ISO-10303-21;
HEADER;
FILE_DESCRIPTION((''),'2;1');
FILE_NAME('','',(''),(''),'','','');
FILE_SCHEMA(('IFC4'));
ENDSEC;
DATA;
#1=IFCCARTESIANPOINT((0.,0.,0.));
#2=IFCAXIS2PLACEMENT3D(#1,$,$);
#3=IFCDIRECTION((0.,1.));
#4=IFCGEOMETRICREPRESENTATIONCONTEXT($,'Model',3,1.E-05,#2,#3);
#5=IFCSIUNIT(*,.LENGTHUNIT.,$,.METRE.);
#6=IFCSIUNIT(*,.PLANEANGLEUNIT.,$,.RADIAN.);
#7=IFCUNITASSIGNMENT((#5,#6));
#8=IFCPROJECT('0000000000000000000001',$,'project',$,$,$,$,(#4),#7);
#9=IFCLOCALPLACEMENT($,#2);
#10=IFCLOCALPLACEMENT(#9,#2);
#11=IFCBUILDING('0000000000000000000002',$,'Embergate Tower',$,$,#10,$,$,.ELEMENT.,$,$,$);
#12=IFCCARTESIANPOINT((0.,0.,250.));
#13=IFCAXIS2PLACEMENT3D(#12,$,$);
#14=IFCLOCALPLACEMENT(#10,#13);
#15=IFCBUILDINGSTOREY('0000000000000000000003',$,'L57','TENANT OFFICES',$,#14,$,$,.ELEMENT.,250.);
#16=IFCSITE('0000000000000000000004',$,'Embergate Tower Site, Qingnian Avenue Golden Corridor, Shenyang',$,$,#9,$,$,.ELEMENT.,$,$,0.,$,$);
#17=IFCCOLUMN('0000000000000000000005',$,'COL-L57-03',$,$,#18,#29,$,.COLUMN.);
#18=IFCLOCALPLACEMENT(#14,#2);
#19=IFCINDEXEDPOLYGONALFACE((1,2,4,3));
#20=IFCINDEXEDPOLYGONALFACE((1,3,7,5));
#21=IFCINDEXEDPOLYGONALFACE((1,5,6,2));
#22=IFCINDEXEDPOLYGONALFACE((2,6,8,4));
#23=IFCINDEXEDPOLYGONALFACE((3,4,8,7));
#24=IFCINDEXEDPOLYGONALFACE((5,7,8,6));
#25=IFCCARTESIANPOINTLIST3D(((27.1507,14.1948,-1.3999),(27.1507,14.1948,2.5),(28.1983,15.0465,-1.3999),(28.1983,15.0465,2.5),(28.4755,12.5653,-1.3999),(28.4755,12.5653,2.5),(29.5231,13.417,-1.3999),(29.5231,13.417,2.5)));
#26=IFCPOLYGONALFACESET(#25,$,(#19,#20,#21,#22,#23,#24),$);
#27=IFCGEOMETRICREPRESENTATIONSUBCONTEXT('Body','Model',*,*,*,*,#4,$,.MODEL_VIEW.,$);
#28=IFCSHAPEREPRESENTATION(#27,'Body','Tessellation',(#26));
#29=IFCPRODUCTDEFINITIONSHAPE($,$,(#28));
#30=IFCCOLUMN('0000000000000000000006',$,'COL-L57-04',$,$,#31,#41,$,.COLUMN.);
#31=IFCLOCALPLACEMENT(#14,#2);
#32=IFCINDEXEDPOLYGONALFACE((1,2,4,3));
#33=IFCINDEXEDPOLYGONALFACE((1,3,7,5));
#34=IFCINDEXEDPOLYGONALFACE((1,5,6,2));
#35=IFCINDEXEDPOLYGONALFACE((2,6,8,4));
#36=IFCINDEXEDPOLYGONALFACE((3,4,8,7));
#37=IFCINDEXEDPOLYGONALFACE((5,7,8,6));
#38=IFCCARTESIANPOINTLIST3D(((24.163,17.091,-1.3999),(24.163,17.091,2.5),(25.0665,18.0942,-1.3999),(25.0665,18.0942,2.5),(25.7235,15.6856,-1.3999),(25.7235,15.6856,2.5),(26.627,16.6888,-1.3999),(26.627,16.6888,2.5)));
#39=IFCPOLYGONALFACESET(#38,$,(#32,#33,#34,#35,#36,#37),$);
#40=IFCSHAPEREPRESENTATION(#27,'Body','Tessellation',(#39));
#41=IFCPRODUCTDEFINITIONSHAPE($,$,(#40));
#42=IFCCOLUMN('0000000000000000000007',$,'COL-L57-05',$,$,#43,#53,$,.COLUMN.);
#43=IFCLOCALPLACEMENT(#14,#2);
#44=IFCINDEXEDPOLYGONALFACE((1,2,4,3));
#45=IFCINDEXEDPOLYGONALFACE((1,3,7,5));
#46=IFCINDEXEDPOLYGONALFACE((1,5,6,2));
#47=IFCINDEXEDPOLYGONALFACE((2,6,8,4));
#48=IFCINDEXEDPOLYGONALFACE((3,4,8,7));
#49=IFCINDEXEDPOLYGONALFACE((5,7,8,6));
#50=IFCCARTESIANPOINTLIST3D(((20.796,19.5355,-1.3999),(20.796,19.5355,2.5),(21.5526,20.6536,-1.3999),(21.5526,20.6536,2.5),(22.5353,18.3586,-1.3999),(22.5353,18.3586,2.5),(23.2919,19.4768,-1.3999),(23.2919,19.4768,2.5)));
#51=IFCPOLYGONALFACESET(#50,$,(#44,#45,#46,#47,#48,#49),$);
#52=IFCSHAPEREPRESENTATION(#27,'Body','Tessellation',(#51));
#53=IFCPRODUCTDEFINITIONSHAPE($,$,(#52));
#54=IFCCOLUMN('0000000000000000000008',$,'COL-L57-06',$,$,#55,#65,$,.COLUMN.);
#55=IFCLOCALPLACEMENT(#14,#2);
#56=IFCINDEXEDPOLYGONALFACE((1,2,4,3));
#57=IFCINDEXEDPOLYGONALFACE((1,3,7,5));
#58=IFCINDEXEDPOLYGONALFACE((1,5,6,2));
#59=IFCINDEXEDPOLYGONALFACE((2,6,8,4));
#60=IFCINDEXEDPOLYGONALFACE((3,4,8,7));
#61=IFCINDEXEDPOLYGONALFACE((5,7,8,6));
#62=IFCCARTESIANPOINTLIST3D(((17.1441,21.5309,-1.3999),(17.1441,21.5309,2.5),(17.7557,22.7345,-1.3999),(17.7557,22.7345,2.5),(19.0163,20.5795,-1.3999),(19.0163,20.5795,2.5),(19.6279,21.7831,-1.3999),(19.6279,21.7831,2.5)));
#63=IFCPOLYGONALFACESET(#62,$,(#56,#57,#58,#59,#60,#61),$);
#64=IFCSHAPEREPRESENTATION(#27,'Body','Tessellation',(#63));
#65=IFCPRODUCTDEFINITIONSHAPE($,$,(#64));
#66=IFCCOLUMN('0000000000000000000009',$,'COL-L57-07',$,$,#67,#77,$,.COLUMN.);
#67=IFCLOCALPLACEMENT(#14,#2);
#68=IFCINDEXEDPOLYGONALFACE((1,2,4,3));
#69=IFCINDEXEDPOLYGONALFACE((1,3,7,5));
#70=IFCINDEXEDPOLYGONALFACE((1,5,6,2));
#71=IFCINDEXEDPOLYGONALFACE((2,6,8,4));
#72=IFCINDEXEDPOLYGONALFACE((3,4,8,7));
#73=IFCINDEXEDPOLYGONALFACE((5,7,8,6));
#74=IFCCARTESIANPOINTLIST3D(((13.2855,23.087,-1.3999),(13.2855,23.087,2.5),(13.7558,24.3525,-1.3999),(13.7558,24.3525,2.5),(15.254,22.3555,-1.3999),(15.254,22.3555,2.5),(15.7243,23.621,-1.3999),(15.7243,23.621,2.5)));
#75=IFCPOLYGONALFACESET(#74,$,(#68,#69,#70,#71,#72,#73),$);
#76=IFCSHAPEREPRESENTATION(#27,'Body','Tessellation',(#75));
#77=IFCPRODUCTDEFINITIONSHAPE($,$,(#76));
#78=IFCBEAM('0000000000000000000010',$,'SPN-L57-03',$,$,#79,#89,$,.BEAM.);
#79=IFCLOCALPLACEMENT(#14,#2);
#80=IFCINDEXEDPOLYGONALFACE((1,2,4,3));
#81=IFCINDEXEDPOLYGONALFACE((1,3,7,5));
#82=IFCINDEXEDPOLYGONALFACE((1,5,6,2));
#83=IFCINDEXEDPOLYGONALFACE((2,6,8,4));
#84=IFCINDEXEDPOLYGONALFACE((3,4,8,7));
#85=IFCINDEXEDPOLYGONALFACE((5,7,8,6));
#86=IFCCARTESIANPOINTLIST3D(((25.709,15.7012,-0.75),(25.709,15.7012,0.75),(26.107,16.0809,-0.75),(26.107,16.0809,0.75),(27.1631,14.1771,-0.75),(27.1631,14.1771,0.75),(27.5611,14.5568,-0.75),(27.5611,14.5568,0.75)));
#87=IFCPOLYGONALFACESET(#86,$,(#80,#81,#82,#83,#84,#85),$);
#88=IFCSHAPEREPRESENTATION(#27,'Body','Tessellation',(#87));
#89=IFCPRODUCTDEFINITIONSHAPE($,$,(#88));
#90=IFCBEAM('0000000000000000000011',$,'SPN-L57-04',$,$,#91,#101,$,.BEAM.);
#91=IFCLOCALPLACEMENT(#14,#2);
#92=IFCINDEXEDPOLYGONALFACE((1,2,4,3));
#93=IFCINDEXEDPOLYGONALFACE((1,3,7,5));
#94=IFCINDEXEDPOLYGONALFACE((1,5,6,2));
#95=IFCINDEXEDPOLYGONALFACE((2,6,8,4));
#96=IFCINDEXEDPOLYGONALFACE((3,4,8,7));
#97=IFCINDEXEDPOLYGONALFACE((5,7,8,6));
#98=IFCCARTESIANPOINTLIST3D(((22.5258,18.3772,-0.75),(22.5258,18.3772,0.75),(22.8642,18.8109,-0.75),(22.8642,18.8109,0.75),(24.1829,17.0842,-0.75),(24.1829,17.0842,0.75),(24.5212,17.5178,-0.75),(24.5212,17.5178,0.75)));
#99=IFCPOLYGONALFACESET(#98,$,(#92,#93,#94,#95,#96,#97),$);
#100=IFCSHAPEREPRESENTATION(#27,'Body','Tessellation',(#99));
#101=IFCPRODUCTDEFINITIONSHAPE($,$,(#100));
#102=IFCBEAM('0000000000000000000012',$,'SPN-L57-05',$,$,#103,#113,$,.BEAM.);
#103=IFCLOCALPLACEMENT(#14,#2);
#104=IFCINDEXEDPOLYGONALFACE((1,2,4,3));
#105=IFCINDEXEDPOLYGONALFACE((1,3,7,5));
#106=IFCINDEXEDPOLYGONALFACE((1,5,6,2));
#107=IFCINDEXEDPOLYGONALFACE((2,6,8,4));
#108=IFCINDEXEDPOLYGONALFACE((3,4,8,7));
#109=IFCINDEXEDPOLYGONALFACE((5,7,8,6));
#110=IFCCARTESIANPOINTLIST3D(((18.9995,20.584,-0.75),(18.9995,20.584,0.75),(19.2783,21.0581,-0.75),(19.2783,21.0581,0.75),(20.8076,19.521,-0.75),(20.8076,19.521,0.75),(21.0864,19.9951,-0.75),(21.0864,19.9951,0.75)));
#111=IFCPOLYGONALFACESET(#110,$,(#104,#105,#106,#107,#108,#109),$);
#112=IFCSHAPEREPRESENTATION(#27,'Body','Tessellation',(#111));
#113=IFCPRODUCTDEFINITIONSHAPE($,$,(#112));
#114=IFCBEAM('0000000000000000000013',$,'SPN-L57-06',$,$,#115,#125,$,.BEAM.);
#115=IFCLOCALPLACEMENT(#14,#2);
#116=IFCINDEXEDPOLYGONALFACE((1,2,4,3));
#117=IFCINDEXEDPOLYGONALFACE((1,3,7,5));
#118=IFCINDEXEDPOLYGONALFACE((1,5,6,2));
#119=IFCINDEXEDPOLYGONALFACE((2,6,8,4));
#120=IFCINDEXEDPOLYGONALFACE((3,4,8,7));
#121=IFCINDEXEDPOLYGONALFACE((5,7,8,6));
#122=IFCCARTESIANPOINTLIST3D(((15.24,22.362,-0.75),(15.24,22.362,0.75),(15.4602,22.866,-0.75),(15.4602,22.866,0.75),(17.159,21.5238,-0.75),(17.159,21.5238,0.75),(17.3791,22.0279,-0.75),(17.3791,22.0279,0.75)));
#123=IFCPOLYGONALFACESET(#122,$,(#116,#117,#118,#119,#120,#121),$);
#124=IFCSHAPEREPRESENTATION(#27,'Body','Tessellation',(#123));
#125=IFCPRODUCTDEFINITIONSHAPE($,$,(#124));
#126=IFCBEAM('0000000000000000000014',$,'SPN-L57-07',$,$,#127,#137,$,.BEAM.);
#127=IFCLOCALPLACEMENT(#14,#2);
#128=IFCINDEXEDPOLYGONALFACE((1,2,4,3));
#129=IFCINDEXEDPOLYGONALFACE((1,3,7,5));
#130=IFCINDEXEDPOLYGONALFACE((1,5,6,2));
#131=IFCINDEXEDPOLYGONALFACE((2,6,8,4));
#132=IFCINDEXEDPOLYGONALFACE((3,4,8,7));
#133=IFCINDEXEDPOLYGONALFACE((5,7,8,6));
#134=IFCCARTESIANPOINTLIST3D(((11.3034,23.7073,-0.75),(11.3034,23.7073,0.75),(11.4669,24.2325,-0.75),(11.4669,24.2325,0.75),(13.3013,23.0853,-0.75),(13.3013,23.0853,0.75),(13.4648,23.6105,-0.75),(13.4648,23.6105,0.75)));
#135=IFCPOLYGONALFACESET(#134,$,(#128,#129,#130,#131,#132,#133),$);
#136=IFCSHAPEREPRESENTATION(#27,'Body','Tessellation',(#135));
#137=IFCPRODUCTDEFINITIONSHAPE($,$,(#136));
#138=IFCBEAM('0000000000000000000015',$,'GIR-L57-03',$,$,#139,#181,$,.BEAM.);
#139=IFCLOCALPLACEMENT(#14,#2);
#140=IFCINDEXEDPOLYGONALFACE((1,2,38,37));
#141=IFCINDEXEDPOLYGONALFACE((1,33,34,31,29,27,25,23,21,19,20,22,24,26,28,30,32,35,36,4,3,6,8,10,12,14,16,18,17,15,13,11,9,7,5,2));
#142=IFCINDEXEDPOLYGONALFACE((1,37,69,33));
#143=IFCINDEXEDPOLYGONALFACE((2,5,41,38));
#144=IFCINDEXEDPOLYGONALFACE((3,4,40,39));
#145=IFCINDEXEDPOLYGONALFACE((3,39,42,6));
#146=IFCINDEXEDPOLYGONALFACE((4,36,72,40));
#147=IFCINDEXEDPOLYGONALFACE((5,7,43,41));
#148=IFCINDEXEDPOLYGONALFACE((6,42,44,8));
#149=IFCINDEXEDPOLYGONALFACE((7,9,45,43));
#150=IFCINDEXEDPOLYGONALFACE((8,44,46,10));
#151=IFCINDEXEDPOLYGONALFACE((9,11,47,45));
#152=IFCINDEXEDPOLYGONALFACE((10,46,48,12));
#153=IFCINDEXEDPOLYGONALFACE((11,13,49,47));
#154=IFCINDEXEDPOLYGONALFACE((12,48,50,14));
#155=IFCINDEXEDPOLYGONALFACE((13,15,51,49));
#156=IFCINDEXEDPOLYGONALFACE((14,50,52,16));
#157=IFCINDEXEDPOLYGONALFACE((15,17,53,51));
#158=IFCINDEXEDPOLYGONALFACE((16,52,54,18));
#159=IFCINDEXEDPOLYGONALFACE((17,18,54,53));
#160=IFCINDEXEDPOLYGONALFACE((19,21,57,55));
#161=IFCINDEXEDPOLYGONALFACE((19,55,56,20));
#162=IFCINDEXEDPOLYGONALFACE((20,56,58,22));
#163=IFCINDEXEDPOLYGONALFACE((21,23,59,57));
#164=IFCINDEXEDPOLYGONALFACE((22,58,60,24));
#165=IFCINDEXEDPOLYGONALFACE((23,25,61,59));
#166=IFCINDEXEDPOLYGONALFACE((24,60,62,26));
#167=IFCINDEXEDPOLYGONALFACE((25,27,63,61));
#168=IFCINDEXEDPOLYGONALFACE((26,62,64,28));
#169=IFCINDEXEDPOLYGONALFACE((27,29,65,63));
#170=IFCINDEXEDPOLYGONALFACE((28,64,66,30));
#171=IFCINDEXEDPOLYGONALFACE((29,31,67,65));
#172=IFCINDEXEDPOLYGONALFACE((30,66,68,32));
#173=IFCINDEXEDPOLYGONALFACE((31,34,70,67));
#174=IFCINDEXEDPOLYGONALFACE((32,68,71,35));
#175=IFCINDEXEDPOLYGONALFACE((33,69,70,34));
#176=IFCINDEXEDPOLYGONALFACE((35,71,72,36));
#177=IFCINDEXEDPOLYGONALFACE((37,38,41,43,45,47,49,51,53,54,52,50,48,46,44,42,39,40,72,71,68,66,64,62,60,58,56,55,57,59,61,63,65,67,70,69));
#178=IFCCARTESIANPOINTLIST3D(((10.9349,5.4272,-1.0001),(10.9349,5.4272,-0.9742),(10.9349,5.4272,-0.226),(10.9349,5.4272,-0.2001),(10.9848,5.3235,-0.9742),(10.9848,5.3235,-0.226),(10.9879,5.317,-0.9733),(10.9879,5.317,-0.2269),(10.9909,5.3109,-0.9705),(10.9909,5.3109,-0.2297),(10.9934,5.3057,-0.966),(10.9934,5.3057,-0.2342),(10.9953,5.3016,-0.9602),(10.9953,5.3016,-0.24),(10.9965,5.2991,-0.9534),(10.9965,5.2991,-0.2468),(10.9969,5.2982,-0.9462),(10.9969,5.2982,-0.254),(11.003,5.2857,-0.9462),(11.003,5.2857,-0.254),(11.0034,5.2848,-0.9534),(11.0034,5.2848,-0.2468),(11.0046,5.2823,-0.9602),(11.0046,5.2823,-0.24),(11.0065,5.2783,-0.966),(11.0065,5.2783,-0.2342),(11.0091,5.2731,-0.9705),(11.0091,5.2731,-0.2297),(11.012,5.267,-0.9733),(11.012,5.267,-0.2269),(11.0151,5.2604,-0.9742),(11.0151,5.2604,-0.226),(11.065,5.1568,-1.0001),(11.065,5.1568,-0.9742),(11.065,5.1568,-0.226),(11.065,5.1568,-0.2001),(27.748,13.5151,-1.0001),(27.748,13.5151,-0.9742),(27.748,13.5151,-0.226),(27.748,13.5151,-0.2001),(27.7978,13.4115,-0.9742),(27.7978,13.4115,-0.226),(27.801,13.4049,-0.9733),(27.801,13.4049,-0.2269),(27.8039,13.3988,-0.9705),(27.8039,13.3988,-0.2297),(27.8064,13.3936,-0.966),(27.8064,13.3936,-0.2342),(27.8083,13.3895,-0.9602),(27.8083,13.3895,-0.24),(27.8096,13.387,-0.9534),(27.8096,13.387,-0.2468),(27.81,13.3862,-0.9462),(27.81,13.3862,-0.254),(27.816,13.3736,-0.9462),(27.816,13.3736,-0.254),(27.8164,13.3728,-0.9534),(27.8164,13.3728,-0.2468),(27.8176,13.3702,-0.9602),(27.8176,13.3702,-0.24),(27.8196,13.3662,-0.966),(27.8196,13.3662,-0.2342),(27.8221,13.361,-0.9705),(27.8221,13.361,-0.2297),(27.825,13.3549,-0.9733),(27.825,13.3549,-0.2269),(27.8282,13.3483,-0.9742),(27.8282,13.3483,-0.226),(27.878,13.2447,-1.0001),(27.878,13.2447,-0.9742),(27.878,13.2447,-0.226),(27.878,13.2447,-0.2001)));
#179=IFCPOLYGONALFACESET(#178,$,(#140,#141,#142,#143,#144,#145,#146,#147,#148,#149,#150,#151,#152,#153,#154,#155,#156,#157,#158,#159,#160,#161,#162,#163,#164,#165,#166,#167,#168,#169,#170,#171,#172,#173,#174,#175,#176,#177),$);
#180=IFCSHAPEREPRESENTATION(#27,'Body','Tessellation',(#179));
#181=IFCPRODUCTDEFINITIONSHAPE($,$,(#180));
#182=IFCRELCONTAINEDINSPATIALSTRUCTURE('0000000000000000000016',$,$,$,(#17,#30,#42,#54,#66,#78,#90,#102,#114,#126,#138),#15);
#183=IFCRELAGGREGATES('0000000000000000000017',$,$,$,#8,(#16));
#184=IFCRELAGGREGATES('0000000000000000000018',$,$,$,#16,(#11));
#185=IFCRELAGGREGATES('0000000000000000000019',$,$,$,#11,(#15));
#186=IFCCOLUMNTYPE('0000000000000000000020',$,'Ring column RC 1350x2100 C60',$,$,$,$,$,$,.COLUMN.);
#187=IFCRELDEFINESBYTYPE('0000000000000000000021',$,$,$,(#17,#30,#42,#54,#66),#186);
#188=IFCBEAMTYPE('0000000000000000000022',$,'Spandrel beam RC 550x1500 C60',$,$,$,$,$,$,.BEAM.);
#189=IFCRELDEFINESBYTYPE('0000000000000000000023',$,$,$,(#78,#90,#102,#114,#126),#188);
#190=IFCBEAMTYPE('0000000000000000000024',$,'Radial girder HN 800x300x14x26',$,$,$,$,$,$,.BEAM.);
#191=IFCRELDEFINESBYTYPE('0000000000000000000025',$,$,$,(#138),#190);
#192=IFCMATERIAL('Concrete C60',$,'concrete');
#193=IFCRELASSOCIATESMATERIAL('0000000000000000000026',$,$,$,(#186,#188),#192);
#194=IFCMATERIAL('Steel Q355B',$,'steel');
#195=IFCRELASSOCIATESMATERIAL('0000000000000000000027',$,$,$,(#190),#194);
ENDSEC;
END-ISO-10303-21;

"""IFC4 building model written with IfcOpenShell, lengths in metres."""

from ifc_helpers import new_model, si_unit, direction, frame, origin, origin_2d, place, context, subcontext, project, spatial, rectangle, i_section, extrude, source, transform, mapped, material, material_profile, profile_set, type_object, element, save


model = new_model("IFC4")

# Units and contexts
model_context = context("Model", 3, precision=1e-05, world=origin(), true_north=direction((0.0, 1.0)))
body_context = subcontext(model_context, "Body", "Model", "MODEL_VIEW")
ifc_project = project(units=[si_unit("LENGTHUNIT", "METRE"), si_unit("PLANEANGLEUNIT", "RADIAN")], contexts=[model_context])

# Site, building, storey
site_placement = place(None, origin())
site = spatial("IfcSite", under=ifc_project, at=site_placement, Name="Embergate Tower Site, Qingnian Avenue Golden Corridor, Shenyang", CompositionType="ELEMENT", RefElevation=0.0)
building_placement = place(site_placement, origin())
building = spatial("IfcBuilding", under=site, at=building_placement, Name="Embergate Tower", CompositionType="ELEMENT")
storey_placement = place(building_placement, frame((0.0, 0.0, 250.0)))
storey = spatial("IfcBuildingStorey", under=building, at=storey_placement, Name="L57", Description="TENANT OFFICES", CompositionType="ELEMENT", Elevation=250.0)

# Columns
ifc_material_1 = material(Name="Concrete C60", Category="concrete")
ifc_material_profile_1 = material_profile(ifc_material_1, rectangle(XDim=1.3501, YDim=2.1001, at=origin_2d()), Name="RC 1350x2100")
ifc_profile_set_1 = profile_set([ifc_material_profile_1], Name="Concrete C60")
column_type = type_object("IfcColumnType", Name="Ring column RC 1350x2100 C60", PredefinedType="COLUMN", material=ifc_profile_set_1)
shared_shape_1 = source(origin(), body_context, "Body", "SweptSolid", [
    extrude(rectangle(XDim=1.3501, YDim=2.1001, at=origin_2d()), origin(), (0.0, 0.0, 1.0), 3.8999),
])
for number, where, z_axis, x_axis, name in (
    (1, (28.3369, 13.8059, -1.3999), (0.0, 0.0, 1.0), (0.775925, 0.630825, 0.0), "COL-L57-03"),
    (2, (25.395, 16.8899, -1.3999), (0.0, 0.0, 1.0), (0.669208, 0.743075, 0.0), "COL-L57-04"),
    (3, (22.0439, 19.5061, -1.3999), (0.0, 0.0, 1.0), (0.560393, 0.828227, 0.0), "COL-L57-05"),
    (4, (18.386, 21.657, -1.3999), (0.0, 0.0, 1.0), (0.453011, 0.891505, 0.0), "COL-L57-06"),
    (5, (14.5049, 23.354, -1.3999), (0.0, 0.0, 1.0), (0.348343, 0.937367, 0.0), "COL-L57-07"),
):
    element("IfcColumn", number, at=place(storey_placement, frame(where, z_axis=z_axis, x_axis=x_axis)), inside=storey, type_object=column_type, Name=name, PredefinedType="COLUMN", context=body_context, shape_type="MappedRepresentation", body=[
        mapped(shared_shape_1, transform((0.0, 0.0, 0.0))),
    ])

# Beams
ifc_material_profile_2 = material_profile(ifc_material_1, rectangle(XDim=0.55, YDim=1.5, at=origin_2d()), Name="RC 550x1500")
ifc_profile_set_2 = profile_set([ifc_material_profile_2], Name="Concrete C60")
beam_type_1 = type_object("IfcBeamType", Name="Spandrel beam RC 550x1500 C60", PredefinedType="BEAM", material=ifc_profile_set_2)
shared_shape_2 = source(origin(), body_context, "Body", "SweptSolid", [
    extrude(rectangle(XDim=0.55, YDim=1.5, at=origin_2d()), origin(), (0.0, 0.0, 1.0), 2.1064),
])
beam_1_placement = place(storey_placement, frame((27.3621, 14.3669, 0.0), z_axis=(-0.69028, 0.723542, 0.0), x_axis=(-0.723542, -0.69028, 0.0)))
element("IfcBeam", 6, at=beam_1_placement, inside=storey, type_object=beam_type_1, Name="SPN-L57-03", PredefinedType="BEAM", context=body_context, shape_type="MappedRepresentation", body=[
    mapped(shared_shape_2, transform((0.0, 0.0, 0.0))),
])
shared_shape_3 = source(origin(), body_context, "Body", "SweptSolid", [
    extrude(rectangle(XDim=0.55, YDim=1.5, at=origin_2d()), origin(), (0.0, 0.0, 1.0), 2.1018),
])
beam_2_placement = place(storey_placement, frame((24.3521, 17.301, 0.0), z_axis=(-0.788382, 0.615186, 0.0), x_axis=(-0.615186, -0.788382, 0.0)))
element("IfcBeam", 7, at=beam_2_placement, inside=storey, type_object=beam_type_1, Name="SPN-L57-04", PredefinedType="BEAM", context=body_context, shape_type="MappedRepresentation", body=[
    mapped(shared_shape_3, transform((0.0, 0.0, 0.0))),
])
shared_shape_4 = source(origin(), body_context, "Body", "SweptSolid", [
    extrude(rectangle(XDim=0.55, YDim=1.5, at=origin_2d()), origin(), (0.0, 0.0, 1.0), 2.0974),
])
beam_3_placement = place(storey_placement, frame((20.947, 19.7581, 0.0), z_axis=(-0.86206, 0.506806, 0.0), x_axis=(-0.506806, -0.86206, 0.0)))
element("IfcBeam", 8, at=beam_3_placement, inside=storey, type_object=beam_type_1, Name="SPN-L57-05", PredefinedType="BEAM", context=body_context, shape_type="MappedRepresentation", body=[
    mapped(shared_shape_4, transform((0.0, 0.0, 0.0))),
])
shared_shape_5 = source(origin(), body_context, "Body", "SweptSolid", [
    extrude(rectangle(XDim=0.55, YDim=1.5, at=origin_2d()), origin(), (0.0, 0.0, 1.0), 2.094),
])
beam_4_placement = place(storey_placement, frame((17.269, 21.7759, 0.0), z_axis=(-0.916403, 0.400256, 0.0), x_axis=(-0.400256, -0.916403, 0.0)))
element("IfcBeam", 9, at=beam_4_placement, inside=storey, type_object=beam_type_1, Name="SPN-L57-06", PredefinedType="BEAM", context=body_context, shape_type="MappedRepresentation", body=[
    mapped(shared_shape_5, transform((0.0, 0.0, 0.0))),
])
shared_shape_6 = source(origin(), body_context, "Body", "SweptSolid", [
    extrude(rectangle(XDim=0.55, YDim=1.5, at=origin_2d()), origin(), (0.0, 0.0, 1.0), 2.0925),
])
beam_5_placement = place(storey_placement, frame((13.3831, 23.3479, 0.0), z_axis=(-0.954795, 0.297265, 0.0), x_axis=(-0.297265, -0.954795, 0.0)))
element("IfcBeam", 10, at=beam_5_placement, inside=storey, type_object=beam_type_1, Name="SPN-L57-07", PredefinedType="BEAM", context=body_context, shape_type="MappedRepresentation", body=[
    mapped(shared_shape_6, transform((0.0, 0.0, 0.0))),
])
ifc_material_2 = material(Name="Steel Q355B", Category="steel")
ifc_material_profile_3 = material_profile(ifc_material_2, i_section(OverallWidth=0.3, OverallDepth=0.8, WebThickness=0.0139, FlangeThickness=0.0259, FilletRadius=0.0281, at=origin_2d()), Name="HN 800x300x14x26")
ifc_profile_set_3 = profile_set([ifc_material_profile_3], Name="Steel Q355 grade B")
beam_type_2 = type_object("IfcBeamType", Name="Radial girder HN 800x300x14x26", PredefinedType="BEAM", material=ifc_profile_set_3)
shared_shape_7 = source(origin(), body_context, "Body", "SweptSolid", [
    extrude(i_section(OverallWidth=0.3, OverallDepth=0.8, WebThickness=0.0139, FlangeThickness=0.0259, FilletRadius=0.0281, at=origin_2d()), origin(), (0.0, 0.0, 1.0), 18.6572),
])
beam_6_placement = place(storey_placement, frame((27.813, 13.3799, -0.6001), z_axis=(-0.901154, -0.4335, 0.0), x_axis=(0.4335, -0.901154, 0.0)))
element("IfcBeam", 11, at=beam_6_placement, inside=storey, type_object=beam_type_2, Name="GIR-L57-03", PredefinedType="BEAM", context=body_context, shape_type="MappedRepresentation", body=[
    mapped(shared_shape_7, transform((0.0, 0.0, 0.0))),
])

save(model, "model.ifc")
